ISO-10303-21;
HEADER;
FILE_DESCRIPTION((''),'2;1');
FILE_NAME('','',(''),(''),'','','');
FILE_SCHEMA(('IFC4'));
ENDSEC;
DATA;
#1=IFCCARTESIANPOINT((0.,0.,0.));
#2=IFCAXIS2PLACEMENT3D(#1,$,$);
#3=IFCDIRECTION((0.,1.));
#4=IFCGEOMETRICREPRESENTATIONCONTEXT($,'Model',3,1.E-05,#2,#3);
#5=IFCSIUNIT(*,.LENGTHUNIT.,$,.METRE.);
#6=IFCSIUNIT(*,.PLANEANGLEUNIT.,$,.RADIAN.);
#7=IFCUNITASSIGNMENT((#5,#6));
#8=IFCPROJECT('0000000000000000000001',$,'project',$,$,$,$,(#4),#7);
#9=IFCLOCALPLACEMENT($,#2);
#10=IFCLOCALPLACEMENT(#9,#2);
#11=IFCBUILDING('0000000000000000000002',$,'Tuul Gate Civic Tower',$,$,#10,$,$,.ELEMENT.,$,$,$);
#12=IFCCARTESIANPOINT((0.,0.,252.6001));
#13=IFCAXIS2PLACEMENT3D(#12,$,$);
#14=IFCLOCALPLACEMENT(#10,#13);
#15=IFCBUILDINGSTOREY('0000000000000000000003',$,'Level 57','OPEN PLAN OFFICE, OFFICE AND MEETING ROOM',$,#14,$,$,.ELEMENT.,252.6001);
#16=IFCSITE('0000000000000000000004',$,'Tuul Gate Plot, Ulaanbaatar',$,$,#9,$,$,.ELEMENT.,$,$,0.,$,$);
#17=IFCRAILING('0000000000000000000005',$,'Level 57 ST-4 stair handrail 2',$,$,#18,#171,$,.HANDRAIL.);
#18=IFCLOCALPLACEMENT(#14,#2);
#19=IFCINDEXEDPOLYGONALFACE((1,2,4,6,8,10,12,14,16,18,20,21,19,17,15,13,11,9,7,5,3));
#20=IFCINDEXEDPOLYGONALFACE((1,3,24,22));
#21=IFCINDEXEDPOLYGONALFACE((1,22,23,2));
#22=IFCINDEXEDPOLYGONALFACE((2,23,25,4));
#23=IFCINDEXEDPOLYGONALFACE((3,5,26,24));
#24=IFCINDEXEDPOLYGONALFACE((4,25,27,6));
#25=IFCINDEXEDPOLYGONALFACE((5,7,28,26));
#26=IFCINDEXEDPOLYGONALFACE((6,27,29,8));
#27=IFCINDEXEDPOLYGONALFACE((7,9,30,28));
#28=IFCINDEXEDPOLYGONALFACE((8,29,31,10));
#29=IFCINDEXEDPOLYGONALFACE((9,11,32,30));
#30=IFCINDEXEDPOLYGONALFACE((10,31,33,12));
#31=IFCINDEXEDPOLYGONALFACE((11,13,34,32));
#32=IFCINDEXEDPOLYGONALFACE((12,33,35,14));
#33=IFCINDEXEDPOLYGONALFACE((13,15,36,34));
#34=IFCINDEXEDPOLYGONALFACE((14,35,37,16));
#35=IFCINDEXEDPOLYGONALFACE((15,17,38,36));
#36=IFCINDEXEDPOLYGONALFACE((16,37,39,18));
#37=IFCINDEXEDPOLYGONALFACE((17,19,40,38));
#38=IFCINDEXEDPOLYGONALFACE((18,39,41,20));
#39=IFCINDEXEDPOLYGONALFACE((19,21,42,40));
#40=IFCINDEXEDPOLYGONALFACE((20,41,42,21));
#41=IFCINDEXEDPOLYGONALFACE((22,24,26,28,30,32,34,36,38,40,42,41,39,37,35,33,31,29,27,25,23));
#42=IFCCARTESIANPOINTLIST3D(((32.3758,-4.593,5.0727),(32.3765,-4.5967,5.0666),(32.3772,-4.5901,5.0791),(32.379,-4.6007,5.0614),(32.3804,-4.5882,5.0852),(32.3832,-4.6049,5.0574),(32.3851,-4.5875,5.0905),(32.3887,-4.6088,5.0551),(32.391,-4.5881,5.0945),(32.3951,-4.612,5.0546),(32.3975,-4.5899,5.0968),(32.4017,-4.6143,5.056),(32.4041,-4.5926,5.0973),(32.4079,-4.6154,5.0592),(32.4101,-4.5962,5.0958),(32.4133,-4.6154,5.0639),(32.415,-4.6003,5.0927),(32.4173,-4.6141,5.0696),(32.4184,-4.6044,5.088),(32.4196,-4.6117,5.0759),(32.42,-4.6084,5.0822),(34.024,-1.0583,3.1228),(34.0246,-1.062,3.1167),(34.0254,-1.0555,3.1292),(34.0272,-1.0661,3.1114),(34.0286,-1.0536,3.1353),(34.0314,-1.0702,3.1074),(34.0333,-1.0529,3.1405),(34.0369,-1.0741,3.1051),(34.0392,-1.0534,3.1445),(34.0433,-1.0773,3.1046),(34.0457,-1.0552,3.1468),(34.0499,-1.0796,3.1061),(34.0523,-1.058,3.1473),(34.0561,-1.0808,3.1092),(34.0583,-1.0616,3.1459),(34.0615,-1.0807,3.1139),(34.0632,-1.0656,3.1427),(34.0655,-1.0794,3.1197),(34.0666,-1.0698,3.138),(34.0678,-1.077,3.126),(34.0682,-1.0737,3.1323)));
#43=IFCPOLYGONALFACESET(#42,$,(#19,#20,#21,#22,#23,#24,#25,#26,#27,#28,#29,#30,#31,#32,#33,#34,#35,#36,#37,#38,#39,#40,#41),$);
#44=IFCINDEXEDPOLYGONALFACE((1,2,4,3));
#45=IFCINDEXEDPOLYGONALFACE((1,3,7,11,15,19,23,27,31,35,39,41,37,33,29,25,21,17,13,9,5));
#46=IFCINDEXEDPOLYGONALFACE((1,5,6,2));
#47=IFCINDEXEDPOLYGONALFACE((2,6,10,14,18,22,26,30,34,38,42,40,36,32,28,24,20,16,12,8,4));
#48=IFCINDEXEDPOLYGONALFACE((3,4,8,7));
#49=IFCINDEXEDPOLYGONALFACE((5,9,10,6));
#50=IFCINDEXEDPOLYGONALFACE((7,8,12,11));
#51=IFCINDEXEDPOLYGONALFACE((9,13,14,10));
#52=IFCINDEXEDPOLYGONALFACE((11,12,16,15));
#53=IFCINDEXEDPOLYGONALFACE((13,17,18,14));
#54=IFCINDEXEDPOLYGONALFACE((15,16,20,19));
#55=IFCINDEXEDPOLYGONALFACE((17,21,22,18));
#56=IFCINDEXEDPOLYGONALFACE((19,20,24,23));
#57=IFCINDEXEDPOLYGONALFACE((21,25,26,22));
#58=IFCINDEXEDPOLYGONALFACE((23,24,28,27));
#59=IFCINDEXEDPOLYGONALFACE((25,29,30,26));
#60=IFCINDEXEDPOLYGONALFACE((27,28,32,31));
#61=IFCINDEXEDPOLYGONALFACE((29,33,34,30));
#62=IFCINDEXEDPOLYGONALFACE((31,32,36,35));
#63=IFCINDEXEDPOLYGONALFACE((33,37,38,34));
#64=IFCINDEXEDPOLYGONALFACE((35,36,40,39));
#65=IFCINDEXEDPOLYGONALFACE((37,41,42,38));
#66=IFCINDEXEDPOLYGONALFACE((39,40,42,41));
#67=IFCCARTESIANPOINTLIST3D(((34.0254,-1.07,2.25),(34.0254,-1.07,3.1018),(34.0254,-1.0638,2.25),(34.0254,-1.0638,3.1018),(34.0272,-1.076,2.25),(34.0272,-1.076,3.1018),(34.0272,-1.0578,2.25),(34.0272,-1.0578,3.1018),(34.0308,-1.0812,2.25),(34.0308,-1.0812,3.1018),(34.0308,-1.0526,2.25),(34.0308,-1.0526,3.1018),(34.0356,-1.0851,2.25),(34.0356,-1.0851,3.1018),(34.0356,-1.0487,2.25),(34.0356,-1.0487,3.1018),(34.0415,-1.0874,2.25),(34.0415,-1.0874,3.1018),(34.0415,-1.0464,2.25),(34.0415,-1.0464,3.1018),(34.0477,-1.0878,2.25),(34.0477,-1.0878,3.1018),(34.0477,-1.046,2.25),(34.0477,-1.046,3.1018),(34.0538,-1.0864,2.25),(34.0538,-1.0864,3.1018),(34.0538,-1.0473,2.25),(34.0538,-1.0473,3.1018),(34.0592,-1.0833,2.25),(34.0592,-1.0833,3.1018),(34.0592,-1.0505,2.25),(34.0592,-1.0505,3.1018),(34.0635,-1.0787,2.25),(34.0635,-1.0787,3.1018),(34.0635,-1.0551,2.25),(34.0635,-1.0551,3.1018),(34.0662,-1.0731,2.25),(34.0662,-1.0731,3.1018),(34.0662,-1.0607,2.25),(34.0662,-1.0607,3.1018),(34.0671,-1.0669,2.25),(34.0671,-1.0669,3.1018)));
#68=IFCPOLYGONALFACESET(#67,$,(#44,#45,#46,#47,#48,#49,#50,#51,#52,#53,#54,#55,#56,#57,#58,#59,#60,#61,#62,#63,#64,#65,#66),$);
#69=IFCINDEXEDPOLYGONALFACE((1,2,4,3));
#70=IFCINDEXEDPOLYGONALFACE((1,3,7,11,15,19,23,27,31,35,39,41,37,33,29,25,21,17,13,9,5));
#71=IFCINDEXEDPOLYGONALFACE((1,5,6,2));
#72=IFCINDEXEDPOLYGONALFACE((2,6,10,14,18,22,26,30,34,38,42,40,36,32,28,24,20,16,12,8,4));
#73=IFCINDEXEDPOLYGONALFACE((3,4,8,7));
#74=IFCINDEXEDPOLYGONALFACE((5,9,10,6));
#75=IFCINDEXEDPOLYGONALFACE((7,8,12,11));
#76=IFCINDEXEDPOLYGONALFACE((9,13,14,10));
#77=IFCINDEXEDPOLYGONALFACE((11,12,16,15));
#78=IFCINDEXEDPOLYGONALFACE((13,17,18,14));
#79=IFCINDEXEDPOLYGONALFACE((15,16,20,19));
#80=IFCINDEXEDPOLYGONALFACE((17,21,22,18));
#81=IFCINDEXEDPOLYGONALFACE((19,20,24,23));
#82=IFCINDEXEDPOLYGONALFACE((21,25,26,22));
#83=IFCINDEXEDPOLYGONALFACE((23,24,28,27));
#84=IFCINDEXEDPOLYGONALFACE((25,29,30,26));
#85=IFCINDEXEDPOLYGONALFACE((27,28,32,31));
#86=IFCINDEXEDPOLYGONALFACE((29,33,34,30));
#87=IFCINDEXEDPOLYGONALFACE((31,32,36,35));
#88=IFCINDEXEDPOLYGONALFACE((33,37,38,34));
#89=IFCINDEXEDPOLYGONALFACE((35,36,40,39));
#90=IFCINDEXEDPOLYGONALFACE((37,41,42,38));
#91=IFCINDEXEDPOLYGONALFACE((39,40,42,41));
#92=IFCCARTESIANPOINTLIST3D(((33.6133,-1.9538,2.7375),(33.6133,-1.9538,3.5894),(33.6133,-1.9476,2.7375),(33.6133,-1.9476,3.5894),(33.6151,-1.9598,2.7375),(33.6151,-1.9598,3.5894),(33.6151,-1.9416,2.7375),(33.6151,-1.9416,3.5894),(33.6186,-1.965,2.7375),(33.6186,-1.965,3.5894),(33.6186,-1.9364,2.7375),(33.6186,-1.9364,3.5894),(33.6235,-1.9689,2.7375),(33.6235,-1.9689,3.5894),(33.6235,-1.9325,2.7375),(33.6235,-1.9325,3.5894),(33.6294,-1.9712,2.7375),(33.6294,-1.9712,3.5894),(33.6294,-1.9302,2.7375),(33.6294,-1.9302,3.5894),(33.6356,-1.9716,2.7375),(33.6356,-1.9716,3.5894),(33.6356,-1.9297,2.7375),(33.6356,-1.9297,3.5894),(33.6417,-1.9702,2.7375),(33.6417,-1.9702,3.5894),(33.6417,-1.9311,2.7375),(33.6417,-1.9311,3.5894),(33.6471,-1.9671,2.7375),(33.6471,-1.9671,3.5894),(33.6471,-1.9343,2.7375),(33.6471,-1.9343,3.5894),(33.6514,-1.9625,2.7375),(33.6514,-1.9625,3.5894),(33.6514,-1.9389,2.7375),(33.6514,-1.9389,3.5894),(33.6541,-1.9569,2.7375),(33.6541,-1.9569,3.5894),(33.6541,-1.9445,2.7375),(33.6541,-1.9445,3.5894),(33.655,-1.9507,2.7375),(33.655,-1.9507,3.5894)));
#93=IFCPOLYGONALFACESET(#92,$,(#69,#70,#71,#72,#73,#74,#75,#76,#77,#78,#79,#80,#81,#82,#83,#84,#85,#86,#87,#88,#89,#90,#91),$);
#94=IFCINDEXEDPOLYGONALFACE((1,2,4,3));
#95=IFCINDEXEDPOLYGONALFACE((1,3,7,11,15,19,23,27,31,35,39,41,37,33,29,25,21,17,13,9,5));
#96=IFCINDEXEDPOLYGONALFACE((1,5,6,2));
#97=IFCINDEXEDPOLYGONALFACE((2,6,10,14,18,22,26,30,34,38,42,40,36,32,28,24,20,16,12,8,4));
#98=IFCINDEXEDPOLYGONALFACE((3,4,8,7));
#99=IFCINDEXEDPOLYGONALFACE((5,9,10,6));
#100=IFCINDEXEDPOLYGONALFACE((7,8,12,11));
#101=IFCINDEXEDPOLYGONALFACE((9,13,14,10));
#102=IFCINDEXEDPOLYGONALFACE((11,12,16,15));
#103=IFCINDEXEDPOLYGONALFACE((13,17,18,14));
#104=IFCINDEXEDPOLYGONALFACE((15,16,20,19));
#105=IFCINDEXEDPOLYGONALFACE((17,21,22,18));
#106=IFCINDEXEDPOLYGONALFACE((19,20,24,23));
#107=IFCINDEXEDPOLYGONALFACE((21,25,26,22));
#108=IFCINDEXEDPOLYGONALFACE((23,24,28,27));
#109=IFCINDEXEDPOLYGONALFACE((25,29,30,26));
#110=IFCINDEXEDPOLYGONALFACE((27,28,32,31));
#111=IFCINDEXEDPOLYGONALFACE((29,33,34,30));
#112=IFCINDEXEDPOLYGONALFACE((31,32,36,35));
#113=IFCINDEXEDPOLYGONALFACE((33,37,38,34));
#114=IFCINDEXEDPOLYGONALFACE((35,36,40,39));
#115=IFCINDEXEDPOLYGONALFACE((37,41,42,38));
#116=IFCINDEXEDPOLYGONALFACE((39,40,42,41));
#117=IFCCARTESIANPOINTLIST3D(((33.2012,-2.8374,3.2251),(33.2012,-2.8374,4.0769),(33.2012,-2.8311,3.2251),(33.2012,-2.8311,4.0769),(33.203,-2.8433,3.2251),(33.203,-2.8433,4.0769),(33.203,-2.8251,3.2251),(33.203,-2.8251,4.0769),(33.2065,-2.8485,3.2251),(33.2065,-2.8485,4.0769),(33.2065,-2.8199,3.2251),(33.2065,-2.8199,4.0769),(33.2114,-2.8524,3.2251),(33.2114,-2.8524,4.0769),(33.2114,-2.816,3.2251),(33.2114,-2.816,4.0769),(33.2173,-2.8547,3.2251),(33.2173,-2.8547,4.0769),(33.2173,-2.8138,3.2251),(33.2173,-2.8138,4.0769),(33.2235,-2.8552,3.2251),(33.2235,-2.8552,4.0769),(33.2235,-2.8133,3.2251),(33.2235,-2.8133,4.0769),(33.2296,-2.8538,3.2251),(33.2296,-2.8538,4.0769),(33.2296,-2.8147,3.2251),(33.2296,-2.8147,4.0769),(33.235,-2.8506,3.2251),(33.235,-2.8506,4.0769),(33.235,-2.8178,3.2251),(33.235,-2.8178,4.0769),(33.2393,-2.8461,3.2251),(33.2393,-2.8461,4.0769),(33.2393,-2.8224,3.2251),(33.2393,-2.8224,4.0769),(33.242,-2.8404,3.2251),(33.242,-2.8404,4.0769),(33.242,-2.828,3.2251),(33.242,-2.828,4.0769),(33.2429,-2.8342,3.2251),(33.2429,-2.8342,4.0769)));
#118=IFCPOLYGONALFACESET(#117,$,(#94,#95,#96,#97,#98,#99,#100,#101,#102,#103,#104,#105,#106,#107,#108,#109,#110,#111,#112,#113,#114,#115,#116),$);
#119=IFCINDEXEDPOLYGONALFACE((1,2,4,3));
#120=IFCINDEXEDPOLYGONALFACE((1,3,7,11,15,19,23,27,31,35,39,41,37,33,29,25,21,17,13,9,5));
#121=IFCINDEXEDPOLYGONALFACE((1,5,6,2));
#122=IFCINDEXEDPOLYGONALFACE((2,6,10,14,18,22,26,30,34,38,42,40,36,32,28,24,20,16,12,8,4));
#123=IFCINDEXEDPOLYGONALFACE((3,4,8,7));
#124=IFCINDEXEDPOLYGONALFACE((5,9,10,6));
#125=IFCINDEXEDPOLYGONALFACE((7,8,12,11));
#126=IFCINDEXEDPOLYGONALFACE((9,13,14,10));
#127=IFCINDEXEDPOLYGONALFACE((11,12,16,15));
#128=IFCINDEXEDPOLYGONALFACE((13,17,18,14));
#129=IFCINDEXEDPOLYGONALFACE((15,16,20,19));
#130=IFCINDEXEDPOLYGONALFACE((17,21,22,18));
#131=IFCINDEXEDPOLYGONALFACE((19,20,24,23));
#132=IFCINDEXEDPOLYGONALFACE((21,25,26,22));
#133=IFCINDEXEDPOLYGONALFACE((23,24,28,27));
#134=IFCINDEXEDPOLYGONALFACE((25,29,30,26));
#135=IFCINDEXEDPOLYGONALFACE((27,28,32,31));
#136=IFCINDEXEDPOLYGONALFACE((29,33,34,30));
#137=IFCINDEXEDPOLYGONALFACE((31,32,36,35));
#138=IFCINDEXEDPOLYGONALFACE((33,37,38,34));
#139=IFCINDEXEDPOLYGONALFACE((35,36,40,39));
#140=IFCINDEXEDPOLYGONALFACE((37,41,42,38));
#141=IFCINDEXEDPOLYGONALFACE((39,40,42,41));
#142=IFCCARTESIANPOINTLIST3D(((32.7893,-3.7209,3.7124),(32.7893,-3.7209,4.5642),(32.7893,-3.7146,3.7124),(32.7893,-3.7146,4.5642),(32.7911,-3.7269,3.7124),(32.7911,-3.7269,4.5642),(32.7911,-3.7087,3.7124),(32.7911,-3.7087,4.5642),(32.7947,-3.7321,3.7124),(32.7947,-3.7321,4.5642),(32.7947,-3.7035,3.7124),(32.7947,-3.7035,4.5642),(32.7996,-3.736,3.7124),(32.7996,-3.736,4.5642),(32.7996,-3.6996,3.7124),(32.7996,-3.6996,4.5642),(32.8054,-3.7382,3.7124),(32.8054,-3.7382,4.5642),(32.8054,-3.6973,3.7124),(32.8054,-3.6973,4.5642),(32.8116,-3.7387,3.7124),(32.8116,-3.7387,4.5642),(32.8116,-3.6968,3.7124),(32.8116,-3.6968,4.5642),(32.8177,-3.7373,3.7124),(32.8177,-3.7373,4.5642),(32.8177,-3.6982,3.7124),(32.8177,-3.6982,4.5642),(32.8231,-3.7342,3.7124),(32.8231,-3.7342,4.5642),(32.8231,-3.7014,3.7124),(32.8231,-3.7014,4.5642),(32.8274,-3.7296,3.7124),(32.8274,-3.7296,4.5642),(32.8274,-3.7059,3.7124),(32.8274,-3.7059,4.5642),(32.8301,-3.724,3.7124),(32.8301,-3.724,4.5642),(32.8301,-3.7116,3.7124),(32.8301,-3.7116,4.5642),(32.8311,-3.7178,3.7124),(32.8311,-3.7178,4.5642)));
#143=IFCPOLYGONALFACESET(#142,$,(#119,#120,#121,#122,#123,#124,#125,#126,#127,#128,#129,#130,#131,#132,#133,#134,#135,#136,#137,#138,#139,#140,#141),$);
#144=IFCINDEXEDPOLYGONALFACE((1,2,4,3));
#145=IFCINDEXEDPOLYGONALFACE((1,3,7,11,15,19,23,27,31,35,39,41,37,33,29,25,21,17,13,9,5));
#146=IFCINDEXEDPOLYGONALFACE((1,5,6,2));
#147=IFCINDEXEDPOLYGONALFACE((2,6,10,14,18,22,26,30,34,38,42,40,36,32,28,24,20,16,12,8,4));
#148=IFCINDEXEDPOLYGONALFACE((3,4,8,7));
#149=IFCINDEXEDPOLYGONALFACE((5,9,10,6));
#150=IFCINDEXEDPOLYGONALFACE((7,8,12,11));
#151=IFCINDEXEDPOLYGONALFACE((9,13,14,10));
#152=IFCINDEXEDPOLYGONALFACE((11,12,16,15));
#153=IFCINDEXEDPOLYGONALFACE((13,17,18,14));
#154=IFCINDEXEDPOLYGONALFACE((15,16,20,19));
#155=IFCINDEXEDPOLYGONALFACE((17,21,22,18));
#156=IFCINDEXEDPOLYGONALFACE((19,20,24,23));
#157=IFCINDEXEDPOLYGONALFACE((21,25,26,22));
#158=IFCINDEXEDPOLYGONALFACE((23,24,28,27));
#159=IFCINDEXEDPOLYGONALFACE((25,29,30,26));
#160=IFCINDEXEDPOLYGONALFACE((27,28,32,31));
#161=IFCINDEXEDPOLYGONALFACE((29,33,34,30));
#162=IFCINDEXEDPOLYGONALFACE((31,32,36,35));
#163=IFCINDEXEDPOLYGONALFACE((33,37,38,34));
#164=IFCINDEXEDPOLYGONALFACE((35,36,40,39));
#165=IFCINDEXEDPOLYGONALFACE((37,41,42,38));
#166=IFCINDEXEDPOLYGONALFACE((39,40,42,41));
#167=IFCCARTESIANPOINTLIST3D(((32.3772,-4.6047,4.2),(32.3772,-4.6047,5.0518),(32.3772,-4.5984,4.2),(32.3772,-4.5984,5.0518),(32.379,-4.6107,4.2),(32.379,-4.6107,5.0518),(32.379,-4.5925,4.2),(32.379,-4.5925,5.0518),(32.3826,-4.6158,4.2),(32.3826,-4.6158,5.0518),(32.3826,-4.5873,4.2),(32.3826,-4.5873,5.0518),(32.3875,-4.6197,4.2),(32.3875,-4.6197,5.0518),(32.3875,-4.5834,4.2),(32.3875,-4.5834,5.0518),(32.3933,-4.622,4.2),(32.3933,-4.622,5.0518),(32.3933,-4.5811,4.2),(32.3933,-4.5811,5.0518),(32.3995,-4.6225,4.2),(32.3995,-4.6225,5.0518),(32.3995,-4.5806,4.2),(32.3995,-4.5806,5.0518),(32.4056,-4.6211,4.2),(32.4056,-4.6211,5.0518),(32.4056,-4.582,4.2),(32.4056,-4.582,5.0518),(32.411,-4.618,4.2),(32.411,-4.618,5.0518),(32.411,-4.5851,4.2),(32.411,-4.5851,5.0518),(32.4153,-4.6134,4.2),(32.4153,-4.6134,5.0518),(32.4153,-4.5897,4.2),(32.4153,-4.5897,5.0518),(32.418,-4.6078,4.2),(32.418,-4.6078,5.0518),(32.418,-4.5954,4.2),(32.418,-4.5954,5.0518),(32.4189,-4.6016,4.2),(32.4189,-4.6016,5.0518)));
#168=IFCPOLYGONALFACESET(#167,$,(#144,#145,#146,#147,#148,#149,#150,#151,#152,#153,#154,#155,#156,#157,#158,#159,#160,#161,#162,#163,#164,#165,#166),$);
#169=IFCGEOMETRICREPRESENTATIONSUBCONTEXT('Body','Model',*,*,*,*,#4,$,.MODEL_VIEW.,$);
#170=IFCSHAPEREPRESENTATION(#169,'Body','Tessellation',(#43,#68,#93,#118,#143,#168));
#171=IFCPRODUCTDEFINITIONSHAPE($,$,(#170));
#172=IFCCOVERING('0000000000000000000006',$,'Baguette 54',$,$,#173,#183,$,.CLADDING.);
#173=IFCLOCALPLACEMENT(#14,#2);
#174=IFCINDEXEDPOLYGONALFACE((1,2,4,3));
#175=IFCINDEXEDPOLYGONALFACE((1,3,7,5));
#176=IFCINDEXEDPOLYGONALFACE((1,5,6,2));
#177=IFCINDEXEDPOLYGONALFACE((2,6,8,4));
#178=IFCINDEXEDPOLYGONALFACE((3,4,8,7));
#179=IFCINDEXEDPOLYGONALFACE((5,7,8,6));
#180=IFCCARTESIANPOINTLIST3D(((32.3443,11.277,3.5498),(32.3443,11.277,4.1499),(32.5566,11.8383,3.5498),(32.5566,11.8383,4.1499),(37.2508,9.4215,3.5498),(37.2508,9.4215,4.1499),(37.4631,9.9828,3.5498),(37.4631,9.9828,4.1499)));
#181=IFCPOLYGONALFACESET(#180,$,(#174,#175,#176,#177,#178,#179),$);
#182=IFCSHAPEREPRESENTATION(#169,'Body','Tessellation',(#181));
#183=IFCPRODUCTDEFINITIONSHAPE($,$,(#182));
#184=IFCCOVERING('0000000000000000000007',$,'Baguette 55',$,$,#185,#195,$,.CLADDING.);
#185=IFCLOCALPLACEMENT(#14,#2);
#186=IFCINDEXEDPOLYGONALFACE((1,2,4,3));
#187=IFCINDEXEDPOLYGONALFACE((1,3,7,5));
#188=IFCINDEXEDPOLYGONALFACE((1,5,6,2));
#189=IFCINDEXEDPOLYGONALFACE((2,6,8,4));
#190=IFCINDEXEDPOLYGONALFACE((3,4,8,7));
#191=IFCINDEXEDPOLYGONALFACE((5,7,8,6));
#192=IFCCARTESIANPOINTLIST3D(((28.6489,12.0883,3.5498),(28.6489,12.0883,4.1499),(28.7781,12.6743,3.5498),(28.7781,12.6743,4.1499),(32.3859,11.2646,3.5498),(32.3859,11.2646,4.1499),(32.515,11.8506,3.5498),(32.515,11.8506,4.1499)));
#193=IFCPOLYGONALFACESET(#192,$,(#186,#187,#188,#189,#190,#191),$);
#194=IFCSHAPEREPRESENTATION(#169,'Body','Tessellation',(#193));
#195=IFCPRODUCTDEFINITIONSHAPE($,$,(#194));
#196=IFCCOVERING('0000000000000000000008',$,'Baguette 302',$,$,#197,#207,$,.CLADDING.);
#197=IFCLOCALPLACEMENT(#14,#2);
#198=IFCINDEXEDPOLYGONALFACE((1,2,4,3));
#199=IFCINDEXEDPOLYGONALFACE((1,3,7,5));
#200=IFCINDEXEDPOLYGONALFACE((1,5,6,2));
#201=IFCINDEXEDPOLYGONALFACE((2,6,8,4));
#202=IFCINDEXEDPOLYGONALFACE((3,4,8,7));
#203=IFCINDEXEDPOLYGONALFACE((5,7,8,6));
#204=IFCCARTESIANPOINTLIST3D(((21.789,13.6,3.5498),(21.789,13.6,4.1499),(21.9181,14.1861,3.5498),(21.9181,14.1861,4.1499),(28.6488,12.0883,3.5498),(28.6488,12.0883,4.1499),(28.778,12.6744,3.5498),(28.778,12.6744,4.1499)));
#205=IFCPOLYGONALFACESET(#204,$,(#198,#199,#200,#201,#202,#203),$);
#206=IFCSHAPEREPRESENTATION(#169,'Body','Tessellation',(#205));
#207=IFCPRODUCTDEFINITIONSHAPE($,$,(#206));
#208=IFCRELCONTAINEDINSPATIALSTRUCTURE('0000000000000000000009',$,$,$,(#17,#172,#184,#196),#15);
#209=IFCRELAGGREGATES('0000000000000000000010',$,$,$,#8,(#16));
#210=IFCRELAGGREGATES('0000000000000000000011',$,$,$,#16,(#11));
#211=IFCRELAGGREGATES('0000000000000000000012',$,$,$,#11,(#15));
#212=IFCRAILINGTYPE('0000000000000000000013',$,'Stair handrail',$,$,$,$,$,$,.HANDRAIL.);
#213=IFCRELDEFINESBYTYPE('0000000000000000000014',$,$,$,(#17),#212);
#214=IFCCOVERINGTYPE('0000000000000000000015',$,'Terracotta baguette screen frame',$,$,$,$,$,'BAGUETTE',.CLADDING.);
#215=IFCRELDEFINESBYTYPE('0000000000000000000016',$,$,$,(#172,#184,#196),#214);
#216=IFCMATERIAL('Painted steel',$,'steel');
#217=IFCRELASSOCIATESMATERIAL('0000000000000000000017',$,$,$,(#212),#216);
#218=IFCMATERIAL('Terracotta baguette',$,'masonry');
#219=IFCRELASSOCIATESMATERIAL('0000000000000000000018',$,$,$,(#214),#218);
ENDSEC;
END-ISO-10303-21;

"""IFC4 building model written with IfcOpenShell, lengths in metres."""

from ifc_helpers import new_model, si_unit, direction, frame, origin, origin_2d, place, context, subcontext, project, spatial, rectangle, circle, extrude, material, material_profile, profile_set, type_object, element, save


model = new_model("IFC4")

# Units and contexts
model_context = context("Model", 3, precision=1e-05, world=origin(), true_north=direction((0.0, 1.0)))
body_context = subcontext(model_context, "Body", "Model", "MODEL_VIEW")
ifc_project = project(units=[si_unit("LENGTHUNIT", "METRE"), si_unit("PLANEANGLEUNIT", "RADIAN")], contexts=[model_context])

# Site, building, storey
site_placement = place(None, origin())
site = spatial("IfcSite", under=ifc_project, at=site_placement, Name="Tuul Gate Plot, Ulaanbaatar", CompositionType="ELEMENT", RefElevation=0.0)
building_placement = place(site_placement, origin())
building = spatial("IfcBuilding", under=site, at=building_placement, Name="Tuul Gate Civic Tower", CompositionType="ELEMENT")
storey_placement = place(building_placement, frame((0.0, 0.0, 252.6001)))
storey = spatial("IfcBuildingStorey", under=building, at=storey_placement, Name="Level 57", Description="OPEN PLAN OFFICE, OFFICE AND MEETING ROOM", CompositionType="ELEMENT", Elevation=252.6001)

# Railing
ifc_material_1 = material(Name="Painted steel", Category="steel")
railing_type = type_object("IfcRailingType", Name="Stair handrail", PredefinedType="HANDRAIL", material=ifc_material_1)
railing_placement = place(storey_placement, frame((34.0461, -1.0669, 2.25)))
element("IfcRailing", 1, at=railing_placement, inside=storey, type_object=railing_type, Name="Level 57 ST-4 stair handrail 2", PredefinedType="HANDRAIL", context=body_context, shape_type="SweptSolid", body=[
    extrude(circle(Radius=0.0239, at=origin_2d()), frame((0.0, 0.0, 0.876), z_axis=(-0.377995, -0.810637, 0.4472), x_axis=(0.906313, -0.422608, 0.0)), (0.0, 0.0, 1.0), 4.3604),
    extrude(circle(Radius=0.021, at=origin_2d()), origin(), (0.0, 0.0, 1.0), 0.8518),
    extrude(circle(Radius=0.021, at=origin_2d()), frame((-0.4121, -0.8838, 0.4875)), (0.0, 0.0, 1.0), 0.8518),
    extrude(circle(Radius=0.021, at=origin_2d()), frame((-0.8242, -1.7673, 0.9751)), (0.0, 0.0, 1.0), 0.8518),
    extrude(circle(Radius=0.021, at=origin_2d()), frame((-1.2361, -2.6509, 1.4624)), (0.0, 0.0, 1.0), 0.8518),
    extrude(circle(Radius=0.021, at=origin_2d()), frame((-1.6482, -3.5347, 1.95)), (0.0, 0.0, 1.0), 0.8518),
])

# Coverings
ifc_material_2 = material(Name="Terracotta baguette", Category="masonry")
ifc_material_profile_1 = material_profile(ifc_material_2, rectangle(XDim=0.6001, YDim=0.6001, at=origin_2d()), Name="Terracotta baguette screen frame")
ifc_profile_set_1 = profile_set([ifc_material_profile_1], Name="Terracotta baguette")
covering_type = type_object("IfcCoveringType", Name="Terracotta baguette screen frame", ElementType="BAGUETTE", PredefinedType="CLADDING", material=ifc_profile_set_1)
covering_1_placement = place(storey_placement, frame((37.3569, 9.7021, 3.8499), z_axis=(-0.935352, 0.353718, 0.0), x_axis=(-0.353718, -0.935352, 0.0)))
element("IfcCovering", 2, at=covering_1_placement, inside=storey, type_object=covering_type, Name="Baguette 54", PredefinedType="CLADDING", context=body_context, shape_type="SweptSolid", body=[
    extrude(rectangle(XDim=0.6001, YDim=0.6001, at=origin_2d()), origin(), (0.0, 0.0, 1.0), 5.2456),
])
covering_2_placement = place(storey_placement, frame((32.4504, 11.5576, 3.8499), z_axis=(-0.976558, 0.215255, 0.0), x_axis=(-0.215255, -0.976558, 0.0)))
element("IfcCovering", 3, at=covering_2_placement, inside=storey, type_object=covering_type, Name="Baguette 55", PredefinedType="CLADDING", context=body_context, shape_type="SweptSolid", body=[
    extrude(rectangle(XDim=0.6001, YDim=0.6001, at=origin_2d()), origin(), (0.0, 0.0, 1.0), 3.8267),
])
covering_3_placement = place(storey_placement, frame((28.7134, 12.3813, 3.8499), z_axis=(-0.976568, 0.215208, 0.0), x_axis=(-0.215208, -0.976568, 0.0)))
element("IfcCovering", 4, at=covering_3_placement, inside=storey, type_object=covering_type, Name="Baguette 302", PredefinedType="CLADDING", context=body_context, shape_type="SweptSolid", body=[
    extrude(rectangle(XDim=0.6001, YDim=0.6001, at=origin_2d()), origin(), (0.0, 0.0, 1.0), 7.0244),
])

save(model, "model.ifc")
